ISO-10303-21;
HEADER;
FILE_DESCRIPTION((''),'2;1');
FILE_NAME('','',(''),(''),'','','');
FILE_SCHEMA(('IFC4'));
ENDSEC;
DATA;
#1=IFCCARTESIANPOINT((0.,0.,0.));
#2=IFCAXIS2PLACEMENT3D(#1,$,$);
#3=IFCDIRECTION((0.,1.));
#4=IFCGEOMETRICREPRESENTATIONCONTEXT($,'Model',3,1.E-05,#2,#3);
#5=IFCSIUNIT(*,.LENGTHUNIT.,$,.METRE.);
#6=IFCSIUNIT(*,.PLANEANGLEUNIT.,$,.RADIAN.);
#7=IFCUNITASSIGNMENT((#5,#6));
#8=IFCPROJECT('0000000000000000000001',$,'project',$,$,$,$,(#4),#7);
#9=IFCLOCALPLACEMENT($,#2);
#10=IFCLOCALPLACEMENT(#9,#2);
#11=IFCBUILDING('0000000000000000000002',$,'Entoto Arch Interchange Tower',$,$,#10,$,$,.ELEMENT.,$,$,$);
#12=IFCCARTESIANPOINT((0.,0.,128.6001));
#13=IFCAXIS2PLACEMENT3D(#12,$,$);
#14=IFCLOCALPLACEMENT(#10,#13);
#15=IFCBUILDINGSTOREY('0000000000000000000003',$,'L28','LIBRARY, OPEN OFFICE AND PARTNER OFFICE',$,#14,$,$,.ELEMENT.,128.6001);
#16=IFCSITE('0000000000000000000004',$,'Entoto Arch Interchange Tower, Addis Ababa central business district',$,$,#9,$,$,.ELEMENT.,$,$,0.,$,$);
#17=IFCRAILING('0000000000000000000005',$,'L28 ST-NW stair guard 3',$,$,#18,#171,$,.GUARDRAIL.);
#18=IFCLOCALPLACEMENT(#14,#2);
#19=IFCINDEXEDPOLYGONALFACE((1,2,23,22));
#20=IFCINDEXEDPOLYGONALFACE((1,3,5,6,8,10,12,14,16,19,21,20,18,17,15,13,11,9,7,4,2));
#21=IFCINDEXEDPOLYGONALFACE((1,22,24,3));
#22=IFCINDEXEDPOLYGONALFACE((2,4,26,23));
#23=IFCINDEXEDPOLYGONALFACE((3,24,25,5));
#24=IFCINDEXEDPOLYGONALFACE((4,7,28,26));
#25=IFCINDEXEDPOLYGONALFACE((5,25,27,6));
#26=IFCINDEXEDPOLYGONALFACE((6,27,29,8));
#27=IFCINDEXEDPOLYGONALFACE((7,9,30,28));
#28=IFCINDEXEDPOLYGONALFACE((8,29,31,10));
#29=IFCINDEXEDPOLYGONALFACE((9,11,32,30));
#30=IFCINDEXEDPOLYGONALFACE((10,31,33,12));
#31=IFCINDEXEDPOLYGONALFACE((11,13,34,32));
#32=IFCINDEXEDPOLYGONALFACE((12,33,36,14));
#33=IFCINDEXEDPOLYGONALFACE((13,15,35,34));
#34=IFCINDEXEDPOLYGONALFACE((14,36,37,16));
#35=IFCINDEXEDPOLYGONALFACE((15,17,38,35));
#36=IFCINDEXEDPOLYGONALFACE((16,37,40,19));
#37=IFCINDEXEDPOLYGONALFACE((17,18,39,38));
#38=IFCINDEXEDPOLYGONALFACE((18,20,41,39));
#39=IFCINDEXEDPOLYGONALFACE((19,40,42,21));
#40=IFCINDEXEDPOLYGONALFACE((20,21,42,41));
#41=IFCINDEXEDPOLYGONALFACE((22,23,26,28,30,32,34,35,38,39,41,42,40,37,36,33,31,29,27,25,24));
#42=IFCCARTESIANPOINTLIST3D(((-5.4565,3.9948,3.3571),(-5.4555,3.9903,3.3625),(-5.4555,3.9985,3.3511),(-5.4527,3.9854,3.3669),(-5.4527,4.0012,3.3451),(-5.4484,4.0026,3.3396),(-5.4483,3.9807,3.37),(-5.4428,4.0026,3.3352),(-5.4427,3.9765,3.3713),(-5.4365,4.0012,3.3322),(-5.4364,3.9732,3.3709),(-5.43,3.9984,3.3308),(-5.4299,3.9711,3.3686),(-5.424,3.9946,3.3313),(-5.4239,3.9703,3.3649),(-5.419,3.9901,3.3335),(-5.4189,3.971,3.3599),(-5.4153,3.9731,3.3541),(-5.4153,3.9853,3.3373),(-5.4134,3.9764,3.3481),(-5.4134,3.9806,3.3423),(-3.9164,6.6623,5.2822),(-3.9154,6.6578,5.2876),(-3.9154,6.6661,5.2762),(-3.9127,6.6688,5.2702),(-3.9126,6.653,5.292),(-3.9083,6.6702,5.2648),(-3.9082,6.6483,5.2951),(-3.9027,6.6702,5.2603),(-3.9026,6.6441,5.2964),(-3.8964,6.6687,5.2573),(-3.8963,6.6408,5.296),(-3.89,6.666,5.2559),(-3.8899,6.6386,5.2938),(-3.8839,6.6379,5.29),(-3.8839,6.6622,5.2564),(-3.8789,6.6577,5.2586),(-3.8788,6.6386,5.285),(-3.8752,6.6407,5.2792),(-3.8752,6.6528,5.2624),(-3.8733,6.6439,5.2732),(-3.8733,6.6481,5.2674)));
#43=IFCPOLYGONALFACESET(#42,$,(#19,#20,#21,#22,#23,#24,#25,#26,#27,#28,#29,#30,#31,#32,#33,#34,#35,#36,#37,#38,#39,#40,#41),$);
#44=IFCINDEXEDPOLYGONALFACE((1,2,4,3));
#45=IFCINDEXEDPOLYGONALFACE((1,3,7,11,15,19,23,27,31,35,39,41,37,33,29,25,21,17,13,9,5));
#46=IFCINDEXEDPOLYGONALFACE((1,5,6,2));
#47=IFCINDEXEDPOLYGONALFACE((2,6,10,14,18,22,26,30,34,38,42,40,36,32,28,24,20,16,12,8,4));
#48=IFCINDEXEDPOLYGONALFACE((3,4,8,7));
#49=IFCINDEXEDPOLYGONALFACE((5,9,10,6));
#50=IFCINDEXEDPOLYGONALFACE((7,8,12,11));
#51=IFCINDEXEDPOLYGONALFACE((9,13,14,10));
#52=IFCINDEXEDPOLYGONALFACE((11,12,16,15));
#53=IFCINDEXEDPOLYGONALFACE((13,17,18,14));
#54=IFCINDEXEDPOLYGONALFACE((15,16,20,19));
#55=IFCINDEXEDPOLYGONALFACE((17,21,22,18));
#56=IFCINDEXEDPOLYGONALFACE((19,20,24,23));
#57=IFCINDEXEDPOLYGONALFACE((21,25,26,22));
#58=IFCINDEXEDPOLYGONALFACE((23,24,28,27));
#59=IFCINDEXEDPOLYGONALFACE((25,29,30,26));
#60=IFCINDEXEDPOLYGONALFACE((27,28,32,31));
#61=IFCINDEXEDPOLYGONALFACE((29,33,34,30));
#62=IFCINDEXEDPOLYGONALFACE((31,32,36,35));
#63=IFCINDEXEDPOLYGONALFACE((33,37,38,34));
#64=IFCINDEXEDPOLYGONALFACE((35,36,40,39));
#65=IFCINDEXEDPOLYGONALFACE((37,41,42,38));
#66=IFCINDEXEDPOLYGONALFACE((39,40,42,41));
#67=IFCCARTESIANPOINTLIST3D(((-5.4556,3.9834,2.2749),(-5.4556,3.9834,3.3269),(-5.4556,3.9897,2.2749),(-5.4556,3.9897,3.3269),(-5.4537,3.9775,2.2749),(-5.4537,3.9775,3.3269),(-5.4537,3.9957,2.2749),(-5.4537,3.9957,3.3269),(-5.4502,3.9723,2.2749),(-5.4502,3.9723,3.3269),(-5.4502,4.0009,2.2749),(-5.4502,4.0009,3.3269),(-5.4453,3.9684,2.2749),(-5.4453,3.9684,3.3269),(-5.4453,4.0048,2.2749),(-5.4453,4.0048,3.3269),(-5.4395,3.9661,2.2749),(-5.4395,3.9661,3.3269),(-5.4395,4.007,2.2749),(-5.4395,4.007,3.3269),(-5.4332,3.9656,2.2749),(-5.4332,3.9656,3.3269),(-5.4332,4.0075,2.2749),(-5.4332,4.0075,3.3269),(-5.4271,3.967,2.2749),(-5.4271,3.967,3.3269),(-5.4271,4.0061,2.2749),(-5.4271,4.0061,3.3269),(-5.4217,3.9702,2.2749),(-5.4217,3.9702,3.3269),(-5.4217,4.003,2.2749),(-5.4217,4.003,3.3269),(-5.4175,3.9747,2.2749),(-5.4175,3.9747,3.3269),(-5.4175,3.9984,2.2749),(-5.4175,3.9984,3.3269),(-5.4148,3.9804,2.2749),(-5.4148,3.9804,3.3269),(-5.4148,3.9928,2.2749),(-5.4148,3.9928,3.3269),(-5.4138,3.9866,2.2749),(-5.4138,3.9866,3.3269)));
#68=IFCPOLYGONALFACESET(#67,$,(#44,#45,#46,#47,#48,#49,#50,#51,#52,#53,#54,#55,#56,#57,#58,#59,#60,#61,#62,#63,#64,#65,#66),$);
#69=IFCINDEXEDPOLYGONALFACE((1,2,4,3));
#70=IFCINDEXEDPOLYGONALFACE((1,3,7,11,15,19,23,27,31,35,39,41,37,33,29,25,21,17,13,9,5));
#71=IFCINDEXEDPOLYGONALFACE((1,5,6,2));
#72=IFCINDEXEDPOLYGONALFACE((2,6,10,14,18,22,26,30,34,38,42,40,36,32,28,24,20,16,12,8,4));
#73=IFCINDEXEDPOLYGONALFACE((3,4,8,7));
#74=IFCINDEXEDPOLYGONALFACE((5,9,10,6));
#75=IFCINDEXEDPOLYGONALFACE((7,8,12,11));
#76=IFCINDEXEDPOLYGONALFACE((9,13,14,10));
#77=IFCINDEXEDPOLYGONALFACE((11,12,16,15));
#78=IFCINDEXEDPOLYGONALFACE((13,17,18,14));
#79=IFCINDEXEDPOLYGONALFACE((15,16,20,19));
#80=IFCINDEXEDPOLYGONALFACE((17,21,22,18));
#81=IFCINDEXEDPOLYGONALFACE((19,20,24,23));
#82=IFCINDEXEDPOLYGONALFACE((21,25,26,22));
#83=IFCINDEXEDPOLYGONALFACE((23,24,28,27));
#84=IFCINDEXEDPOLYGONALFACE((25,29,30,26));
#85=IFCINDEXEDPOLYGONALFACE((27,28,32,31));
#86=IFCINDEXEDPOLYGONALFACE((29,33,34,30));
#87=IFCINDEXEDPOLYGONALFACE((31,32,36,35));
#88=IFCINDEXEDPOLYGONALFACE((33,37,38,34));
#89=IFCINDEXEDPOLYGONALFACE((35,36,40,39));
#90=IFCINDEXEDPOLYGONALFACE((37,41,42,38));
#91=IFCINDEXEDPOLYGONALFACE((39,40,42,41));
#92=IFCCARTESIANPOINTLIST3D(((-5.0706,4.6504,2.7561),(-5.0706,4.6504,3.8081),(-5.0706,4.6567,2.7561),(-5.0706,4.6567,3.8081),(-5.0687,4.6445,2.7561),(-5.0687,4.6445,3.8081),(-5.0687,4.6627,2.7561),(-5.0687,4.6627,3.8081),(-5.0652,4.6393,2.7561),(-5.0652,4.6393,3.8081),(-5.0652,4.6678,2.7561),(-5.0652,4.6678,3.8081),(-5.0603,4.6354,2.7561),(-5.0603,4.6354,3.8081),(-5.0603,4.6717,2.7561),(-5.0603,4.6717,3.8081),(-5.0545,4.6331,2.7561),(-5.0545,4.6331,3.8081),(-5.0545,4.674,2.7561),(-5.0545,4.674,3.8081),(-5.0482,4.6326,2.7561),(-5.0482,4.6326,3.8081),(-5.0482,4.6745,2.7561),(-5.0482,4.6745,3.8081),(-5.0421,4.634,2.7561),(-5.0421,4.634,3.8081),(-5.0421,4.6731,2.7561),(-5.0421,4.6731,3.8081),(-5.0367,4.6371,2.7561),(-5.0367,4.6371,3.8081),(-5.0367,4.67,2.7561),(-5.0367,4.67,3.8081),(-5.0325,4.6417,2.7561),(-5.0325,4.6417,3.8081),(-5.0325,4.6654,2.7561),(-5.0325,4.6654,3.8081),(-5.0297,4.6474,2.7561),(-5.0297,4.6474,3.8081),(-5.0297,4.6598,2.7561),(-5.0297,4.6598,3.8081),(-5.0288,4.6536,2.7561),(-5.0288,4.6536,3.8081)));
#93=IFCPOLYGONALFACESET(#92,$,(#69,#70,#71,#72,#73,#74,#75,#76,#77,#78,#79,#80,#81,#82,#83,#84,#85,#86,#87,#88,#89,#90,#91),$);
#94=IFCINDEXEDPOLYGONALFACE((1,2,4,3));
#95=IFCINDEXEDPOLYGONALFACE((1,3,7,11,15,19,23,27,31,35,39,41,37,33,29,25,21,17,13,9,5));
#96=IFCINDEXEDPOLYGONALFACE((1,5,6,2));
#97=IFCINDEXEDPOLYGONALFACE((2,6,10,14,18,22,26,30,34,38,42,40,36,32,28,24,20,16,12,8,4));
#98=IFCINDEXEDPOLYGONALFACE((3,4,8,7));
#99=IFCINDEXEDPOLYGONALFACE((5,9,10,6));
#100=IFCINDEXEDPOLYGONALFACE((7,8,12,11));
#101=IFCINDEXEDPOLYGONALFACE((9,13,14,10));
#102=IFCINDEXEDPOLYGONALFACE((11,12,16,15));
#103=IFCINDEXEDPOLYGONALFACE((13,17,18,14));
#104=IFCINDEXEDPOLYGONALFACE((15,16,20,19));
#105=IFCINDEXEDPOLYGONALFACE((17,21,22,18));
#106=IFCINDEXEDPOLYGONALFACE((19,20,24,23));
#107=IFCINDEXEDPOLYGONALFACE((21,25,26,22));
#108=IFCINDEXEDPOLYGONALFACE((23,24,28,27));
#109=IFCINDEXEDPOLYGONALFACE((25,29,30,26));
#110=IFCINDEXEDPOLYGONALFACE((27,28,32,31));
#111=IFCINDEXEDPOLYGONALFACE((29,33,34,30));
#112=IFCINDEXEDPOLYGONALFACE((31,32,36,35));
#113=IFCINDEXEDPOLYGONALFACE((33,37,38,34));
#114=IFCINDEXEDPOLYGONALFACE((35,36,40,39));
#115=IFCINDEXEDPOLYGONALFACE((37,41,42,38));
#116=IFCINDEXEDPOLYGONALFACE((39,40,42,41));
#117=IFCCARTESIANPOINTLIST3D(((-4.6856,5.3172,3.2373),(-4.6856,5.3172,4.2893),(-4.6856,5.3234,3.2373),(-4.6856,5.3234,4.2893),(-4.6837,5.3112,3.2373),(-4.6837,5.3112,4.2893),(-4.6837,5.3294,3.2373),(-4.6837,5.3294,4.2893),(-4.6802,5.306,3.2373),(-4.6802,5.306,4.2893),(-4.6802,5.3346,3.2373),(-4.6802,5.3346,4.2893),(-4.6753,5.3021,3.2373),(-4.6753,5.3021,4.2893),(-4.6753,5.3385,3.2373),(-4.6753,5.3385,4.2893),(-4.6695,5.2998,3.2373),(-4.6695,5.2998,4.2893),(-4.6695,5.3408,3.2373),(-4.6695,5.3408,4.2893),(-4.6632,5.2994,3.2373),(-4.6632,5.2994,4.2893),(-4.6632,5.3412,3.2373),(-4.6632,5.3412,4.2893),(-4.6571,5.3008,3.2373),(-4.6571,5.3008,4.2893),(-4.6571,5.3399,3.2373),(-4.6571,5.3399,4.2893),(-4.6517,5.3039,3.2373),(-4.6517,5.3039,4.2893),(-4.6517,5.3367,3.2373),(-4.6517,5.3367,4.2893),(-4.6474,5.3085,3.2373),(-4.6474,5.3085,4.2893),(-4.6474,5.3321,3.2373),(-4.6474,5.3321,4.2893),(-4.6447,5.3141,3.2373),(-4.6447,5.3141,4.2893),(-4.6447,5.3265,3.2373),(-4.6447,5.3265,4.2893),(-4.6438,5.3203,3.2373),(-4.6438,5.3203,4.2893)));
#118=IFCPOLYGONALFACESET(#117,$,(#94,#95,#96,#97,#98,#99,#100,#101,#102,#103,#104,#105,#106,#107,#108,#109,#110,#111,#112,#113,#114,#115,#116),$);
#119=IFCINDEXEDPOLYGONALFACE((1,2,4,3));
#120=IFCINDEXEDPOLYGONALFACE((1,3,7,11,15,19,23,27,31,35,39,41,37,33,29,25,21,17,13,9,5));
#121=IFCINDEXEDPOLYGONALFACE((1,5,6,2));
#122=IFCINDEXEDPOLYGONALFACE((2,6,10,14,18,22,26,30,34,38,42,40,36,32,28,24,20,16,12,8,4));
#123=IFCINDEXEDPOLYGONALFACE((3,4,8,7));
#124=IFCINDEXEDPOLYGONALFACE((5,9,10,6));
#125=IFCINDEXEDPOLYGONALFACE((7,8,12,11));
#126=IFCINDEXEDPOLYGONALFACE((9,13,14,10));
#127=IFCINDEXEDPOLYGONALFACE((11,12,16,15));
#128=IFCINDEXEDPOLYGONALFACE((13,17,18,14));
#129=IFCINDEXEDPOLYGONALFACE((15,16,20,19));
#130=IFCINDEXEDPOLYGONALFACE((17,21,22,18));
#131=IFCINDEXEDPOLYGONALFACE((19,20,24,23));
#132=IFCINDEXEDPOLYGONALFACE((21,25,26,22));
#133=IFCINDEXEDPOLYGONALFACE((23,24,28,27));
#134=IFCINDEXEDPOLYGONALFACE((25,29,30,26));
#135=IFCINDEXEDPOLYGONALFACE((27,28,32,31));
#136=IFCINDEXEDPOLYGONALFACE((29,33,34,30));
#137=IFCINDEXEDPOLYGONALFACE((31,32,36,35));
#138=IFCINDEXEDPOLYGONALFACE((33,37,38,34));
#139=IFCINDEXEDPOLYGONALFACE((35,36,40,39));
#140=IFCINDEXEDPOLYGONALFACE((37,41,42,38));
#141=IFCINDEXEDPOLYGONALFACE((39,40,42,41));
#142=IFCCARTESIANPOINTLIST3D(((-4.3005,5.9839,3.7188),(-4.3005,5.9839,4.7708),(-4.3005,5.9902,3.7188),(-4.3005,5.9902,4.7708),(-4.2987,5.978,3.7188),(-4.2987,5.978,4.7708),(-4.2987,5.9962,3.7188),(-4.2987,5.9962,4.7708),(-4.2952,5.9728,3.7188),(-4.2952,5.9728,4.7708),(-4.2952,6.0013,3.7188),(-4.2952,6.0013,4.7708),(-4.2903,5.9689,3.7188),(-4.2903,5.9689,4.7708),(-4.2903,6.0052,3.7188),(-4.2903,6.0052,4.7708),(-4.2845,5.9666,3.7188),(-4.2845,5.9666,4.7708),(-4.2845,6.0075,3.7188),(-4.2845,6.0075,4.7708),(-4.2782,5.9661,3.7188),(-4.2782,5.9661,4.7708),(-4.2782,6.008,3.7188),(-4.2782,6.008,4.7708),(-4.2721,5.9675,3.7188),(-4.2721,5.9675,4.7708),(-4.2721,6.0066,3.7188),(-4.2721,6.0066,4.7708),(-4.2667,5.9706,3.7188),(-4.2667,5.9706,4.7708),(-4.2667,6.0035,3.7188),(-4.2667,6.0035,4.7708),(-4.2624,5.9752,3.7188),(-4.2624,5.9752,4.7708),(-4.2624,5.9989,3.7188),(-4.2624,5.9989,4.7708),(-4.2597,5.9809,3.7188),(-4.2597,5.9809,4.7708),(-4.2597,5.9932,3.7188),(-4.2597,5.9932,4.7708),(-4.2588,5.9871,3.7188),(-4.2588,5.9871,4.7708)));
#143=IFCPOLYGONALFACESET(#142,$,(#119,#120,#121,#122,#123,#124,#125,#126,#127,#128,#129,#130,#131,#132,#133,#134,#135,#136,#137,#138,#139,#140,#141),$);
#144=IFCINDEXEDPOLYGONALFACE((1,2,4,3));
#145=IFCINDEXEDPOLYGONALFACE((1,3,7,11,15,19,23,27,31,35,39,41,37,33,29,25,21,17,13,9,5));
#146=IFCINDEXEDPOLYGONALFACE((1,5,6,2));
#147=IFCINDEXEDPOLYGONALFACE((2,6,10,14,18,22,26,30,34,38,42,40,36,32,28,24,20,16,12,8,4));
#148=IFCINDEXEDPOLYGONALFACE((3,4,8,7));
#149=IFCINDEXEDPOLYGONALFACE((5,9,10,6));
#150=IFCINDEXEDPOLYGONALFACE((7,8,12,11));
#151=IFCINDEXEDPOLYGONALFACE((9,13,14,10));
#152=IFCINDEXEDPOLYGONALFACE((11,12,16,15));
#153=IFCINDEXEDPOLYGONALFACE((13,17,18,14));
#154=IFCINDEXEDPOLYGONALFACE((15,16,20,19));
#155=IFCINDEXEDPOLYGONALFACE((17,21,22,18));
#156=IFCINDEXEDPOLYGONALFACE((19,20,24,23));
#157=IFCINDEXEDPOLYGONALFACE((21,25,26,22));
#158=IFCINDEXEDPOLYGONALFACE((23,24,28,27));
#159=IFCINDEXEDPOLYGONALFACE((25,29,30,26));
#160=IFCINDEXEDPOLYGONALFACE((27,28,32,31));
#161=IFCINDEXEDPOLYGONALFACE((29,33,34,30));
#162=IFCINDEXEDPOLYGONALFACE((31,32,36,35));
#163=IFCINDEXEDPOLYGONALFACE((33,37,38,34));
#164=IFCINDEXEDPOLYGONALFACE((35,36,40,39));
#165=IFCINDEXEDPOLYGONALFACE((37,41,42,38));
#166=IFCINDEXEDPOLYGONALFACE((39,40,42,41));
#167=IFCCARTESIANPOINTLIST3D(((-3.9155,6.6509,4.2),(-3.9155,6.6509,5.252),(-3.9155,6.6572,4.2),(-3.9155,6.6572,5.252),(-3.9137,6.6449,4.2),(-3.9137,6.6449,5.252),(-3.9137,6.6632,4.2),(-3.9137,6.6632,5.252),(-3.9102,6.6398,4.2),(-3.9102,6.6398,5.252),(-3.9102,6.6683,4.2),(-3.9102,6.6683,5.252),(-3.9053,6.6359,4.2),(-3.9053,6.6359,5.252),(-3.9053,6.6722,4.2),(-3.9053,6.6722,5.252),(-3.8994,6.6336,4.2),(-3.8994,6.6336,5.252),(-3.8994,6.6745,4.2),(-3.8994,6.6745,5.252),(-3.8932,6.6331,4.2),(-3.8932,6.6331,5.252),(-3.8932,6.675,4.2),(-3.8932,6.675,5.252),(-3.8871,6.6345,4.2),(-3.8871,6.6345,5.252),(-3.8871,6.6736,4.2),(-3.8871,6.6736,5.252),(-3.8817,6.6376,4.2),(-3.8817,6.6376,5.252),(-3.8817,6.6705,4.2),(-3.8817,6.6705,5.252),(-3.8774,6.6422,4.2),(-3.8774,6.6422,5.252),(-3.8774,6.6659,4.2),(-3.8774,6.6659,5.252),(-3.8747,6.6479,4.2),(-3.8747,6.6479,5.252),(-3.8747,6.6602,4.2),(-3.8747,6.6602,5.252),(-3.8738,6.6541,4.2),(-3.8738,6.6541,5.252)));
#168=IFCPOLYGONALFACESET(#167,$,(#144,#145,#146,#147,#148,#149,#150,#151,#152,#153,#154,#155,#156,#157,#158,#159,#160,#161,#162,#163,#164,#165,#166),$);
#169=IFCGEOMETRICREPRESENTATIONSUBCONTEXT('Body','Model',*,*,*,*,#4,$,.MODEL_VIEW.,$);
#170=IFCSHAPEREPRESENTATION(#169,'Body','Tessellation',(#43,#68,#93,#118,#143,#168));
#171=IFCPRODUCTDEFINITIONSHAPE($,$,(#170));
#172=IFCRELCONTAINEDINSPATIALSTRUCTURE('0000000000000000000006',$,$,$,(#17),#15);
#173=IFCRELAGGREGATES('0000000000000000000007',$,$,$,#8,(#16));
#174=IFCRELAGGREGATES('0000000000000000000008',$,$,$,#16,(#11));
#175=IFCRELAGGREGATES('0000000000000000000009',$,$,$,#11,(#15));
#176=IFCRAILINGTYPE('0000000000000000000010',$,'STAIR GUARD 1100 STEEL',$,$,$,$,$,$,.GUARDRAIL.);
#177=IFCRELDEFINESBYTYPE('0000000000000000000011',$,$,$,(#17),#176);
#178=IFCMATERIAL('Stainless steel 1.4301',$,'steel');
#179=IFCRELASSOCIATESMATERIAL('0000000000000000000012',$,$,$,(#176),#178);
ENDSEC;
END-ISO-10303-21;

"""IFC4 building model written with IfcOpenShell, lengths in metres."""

from ifc_helpers import new_model, si_unit, direction, frame, origin, origin_2d, place, context, subcontext, project, spatial, circle, extrude, material, type_object, element, save


model = new_model("IFC4")

# Units and contexts
model_context = context("Model", 3, precision=1e-05, world=origin(), true_north=direction((0.0, 1.0)))
body_context = subcontext(model_context, "Body", "Model", "MODEL_VIEW")
ifc_project = project(units=[si_unit("LENGTHUNIT", "METRE"), si_unit("PLANEANGLEUNIT", "RADIAN")], contexts=[model_context])

# Site, building, storey
site_placement = place(None, origin())
site = spatial("IfcSite", under=ifc_project, at=site_placement, Name="Entoto Arch Interchange Tower, Addis Ababa central business district", CompositionType="ELEMENT", RefElevation=0.0)
building_placement = place(site_placement, origin())
building = spatial("IfcBuilding", under=site, at=building_placement, Name="Entoto Arch Interchange Tower", CompositionType="ELEMENT")
storey_placement = place(building_placement, frame((0.0, 0.0, 128.6001)))
storey = spatial("IfcBuildingStorey", under=building, at=storey_placement, Name="L28", Description="LIBRARY, OPEN OFFICE AND PARTNER OFFICE", CompositionType="ELEMENT", Elevation=128.6001)

# Railing
ifc_material_1 = material(Name="Stainless steel 1.4301", Category="steel")
railing_type_1 = type_object("IfcRailingType", Name="STAIR GUARD 1100 STEEL", PredefinedType="GUARDRAIL", material=ifc_material_1)
railing_1_placement = place(storey_placement, frame((-5.4348, 3.9866, 2.2749)))
element("IfcRailing", 1, at=railing_1_placement, inside=storey, type_object=railing_type_1, Name="L28 ST-NW stair guard 3", PredefinedType="GUARDRAIL", context=body_context, shape_type="SweptSolid", body=[
    extrude(circle(Radius=0.0239, at=origin_2d()), frame((0.0, 0.0, 1.0762), z_axis=(0.423994, 0.734395, 0.529993), x_axis=(-0.86603, 0.499992, 0.0)), (0.0, 0.0, 1.0), 3.6323),
    extrude(circle(Radius=0.021, at=origin_2d()), origin(), (0.0, 0.0, 1.0), 1.052),
    extrude(circle(Radius=0.021, at=origin_2d()), frame((0.385, 0.667, 0.4812)), (0.0, 0.0, 1.0), 1.052),
    extrude(circle(Radius=0.021, at=origin_2d()), frame((0.77, 1.3337, 0.9624)), (0.0, 0.0, 1.0), 1.052),
    extrude(circle(Radius=0.021, at=origin_2d()), frame((1.155, 2.0005, 1.4438)), (0.0, 0.0, 1.0), 1.052),
    extrude(circle(Radius=0.021, at=origin_2d()), frame((1.54, 2.6675, 1.925)), (0.0, 0.0, 1.0), 1.052),
])

save(model, "model.ifc")
